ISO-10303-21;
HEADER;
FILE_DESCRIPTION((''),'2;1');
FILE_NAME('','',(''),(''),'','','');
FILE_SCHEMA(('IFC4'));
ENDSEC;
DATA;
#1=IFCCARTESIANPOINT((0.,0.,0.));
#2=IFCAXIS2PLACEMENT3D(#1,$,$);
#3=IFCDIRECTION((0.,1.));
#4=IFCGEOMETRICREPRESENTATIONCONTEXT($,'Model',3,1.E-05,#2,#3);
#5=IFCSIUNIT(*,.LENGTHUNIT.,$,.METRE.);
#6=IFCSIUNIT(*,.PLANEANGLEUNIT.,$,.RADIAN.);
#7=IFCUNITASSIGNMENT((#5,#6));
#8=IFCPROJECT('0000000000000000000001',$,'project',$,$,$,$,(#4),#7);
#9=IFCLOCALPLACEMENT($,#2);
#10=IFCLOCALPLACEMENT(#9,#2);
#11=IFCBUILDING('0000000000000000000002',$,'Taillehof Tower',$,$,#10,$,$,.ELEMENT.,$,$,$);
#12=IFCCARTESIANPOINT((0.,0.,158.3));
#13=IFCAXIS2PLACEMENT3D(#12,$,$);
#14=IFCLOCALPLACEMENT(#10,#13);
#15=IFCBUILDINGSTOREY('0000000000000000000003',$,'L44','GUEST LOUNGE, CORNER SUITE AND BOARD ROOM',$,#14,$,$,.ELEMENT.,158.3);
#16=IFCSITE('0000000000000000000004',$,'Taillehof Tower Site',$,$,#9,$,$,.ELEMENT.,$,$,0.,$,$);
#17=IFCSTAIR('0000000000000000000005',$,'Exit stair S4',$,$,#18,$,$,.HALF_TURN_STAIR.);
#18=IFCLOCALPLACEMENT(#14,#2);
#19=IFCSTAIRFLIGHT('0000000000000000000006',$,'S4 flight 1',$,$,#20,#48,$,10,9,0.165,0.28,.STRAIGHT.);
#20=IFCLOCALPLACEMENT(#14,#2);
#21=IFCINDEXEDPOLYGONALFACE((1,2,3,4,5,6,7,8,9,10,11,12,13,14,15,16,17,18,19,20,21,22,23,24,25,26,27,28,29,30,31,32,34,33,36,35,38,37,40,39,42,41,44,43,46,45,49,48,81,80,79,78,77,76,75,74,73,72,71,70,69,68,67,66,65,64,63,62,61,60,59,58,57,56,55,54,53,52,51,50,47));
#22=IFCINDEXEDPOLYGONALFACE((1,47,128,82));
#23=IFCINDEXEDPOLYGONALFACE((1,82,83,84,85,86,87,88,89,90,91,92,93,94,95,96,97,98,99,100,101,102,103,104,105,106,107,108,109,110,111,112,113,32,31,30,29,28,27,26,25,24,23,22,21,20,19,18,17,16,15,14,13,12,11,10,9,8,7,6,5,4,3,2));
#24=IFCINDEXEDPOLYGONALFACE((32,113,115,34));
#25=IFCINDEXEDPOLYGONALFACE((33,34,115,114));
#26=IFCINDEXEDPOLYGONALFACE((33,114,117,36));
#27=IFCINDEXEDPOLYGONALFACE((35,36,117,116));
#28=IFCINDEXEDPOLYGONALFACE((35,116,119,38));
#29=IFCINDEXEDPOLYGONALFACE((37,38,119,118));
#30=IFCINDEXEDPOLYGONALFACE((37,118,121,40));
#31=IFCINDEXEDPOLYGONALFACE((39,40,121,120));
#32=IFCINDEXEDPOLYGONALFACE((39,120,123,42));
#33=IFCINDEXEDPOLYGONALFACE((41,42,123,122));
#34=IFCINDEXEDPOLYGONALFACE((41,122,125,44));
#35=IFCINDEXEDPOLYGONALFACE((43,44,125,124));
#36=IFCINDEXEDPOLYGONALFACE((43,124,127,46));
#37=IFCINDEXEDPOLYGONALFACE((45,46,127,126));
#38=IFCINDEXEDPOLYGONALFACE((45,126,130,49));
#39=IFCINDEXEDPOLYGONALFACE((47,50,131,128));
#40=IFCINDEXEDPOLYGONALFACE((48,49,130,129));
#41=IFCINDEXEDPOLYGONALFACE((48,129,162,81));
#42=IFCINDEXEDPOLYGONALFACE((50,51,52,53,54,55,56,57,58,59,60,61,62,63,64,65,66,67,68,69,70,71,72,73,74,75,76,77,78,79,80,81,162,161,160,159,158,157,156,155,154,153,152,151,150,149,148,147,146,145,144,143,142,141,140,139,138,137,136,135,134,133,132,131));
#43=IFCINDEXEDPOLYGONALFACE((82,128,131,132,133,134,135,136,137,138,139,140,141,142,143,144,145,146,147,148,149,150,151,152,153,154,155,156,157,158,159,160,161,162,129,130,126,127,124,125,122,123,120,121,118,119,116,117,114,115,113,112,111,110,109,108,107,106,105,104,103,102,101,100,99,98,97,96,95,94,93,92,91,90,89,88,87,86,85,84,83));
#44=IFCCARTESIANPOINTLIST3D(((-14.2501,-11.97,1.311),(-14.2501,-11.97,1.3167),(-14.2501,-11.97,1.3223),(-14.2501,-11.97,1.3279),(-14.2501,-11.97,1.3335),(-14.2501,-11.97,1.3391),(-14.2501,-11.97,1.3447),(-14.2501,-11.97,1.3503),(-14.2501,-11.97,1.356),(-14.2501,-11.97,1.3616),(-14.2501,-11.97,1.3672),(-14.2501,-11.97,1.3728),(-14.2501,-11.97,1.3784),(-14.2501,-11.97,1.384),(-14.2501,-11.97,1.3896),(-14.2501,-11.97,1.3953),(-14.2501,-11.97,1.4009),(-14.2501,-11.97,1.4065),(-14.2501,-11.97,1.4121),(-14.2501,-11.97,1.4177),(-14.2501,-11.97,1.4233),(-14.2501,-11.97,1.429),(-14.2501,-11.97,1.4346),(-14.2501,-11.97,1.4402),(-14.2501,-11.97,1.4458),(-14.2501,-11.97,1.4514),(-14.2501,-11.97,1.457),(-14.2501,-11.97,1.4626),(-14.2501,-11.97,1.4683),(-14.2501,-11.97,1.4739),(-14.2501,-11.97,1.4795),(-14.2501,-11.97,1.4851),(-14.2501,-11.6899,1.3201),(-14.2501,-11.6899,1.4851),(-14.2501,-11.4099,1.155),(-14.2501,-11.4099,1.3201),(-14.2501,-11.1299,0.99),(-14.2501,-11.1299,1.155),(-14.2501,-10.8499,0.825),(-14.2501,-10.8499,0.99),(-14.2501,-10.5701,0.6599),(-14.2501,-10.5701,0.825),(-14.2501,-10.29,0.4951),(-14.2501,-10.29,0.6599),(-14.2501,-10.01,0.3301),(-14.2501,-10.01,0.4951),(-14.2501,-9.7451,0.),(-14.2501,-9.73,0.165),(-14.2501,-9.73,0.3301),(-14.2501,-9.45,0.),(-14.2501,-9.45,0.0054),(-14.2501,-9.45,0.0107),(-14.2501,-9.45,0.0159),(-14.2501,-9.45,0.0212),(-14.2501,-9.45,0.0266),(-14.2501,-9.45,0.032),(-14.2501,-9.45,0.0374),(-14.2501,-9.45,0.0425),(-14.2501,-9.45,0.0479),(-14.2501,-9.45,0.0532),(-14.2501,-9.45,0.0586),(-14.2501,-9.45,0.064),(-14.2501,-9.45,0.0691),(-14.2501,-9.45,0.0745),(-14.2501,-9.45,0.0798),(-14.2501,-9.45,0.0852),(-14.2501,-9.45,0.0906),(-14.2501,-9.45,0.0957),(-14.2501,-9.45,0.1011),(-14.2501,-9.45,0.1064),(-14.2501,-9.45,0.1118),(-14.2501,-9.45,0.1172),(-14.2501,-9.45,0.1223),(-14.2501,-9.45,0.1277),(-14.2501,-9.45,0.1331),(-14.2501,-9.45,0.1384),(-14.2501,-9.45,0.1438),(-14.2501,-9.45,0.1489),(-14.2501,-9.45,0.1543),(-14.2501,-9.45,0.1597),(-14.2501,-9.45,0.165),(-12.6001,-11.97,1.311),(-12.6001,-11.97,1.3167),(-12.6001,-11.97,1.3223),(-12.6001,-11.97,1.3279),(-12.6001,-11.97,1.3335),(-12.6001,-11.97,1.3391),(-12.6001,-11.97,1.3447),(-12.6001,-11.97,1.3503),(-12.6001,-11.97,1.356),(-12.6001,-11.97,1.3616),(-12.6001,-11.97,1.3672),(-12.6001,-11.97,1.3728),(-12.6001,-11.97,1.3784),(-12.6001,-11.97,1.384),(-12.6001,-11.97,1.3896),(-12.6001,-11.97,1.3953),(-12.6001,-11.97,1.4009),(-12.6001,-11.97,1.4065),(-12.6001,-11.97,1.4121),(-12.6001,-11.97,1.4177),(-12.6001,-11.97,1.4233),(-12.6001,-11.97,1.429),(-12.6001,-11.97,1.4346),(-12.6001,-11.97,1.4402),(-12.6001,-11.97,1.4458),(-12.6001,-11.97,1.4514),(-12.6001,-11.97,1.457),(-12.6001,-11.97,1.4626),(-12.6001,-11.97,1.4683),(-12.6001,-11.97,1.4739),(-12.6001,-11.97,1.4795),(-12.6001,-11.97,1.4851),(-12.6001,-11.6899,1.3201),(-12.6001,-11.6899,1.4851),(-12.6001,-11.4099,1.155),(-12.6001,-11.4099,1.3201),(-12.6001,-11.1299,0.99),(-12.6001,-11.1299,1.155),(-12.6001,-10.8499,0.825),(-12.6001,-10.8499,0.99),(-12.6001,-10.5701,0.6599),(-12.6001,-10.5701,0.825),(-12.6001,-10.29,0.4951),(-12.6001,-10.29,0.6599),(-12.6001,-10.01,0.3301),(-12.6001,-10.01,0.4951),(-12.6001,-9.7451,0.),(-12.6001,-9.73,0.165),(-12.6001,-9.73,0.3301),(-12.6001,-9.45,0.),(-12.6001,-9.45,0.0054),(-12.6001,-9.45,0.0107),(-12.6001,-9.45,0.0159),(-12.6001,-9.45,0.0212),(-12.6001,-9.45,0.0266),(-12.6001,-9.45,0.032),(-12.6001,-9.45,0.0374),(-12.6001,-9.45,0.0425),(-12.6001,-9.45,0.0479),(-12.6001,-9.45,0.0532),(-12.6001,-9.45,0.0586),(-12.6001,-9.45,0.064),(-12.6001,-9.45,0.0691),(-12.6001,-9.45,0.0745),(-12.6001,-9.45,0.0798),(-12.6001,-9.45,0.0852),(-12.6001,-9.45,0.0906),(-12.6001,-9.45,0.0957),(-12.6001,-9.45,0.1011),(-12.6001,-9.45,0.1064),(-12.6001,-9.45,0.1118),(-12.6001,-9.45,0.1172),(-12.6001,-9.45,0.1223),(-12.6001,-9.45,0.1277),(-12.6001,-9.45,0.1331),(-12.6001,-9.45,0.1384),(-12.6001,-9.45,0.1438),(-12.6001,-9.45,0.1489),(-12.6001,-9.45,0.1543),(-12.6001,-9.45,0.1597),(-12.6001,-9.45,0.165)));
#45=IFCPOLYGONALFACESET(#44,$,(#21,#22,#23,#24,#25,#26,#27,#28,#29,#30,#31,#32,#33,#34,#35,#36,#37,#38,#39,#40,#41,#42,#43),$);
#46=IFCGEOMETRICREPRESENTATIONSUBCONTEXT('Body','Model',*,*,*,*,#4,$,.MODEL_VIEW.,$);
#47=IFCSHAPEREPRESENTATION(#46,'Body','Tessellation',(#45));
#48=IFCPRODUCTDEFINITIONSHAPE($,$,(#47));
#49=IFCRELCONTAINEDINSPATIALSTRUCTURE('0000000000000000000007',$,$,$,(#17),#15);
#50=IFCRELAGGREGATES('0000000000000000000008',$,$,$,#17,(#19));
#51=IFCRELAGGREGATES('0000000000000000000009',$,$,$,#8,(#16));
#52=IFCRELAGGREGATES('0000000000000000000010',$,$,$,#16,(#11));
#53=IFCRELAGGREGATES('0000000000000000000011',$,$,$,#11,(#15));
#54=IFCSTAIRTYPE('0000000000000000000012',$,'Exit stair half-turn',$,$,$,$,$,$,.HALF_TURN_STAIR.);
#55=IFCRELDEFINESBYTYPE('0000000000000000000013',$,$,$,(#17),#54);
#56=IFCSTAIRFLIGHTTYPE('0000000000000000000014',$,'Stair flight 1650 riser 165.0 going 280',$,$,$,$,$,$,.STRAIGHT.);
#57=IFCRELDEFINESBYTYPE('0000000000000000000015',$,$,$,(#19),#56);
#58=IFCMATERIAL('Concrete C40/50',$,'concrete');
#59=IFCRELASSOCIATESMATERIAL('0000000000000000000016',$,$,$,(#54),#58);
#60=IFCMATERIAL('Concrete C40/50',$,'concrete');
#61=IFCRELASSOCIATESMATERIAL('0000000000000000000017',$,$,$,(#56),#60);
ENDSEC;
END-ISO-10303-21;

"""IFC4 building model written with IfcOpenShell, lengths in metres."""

from ifc_helpers import new_model, si_unit, direction, frame, origin, place, context, subcontext, project, spatial, polyline, outline, extrude, material, type_object, element, aggregate, save


model = new_model("IFC4")

# Units and contexts
model_context = context("Model", 3, precision=1e-05, world=origin(), true_north=direction((0.0, 1.0)))
body_context = subcontext(model_context, "Body", "Model", "MODEL_VIEW")
ifc_project = project(units=[si_unit("LENGTHUNIT", "METRE"), si_unit("PLANEANGLEUNIT", "RADIAN")], contexts=[model_context])

# Site, building, storey
site_placement = place(None, origin())
site = spatial("IfcSite", under=ifc_project, at=site_placement, Name="Taillehof Tower Site", CompositionType="ELEMENT", RefElevation=0.0)
building_placement = place(site_placement, origin())
building = spatial("IfcBuilding", under=site, at=building_placement, Name="Taillehof Tower", CompositionType="ELEMENT")
storey_placement = place(building_placement, frame((0.0, 0.0, 158.3)))
storey = spatial("IfcBuildingStorey", under=building, at=storey_placement, Name="L44", Description="GUEST LOUNGE, CORNER SUITE AND BOARD ROOM", CompositionType="ELEMENT", Elevation=158.3)

# Stair, stair flight
ifc_material_1 = material(Name="Concrete C40/50", Category="concrete")
stair_type = type_object("IfcStairType", Name="Exit stair half-turn", PredefinedType="HALF_TURN_STAIR", material=ifc_material_1)
stair_placement = place(storey_placement, origin())
stair = element("IfcStair", 1, at=stair_placement, inside=storey, type_object=stair_type, Name="Exit stair S4", PredefinedType="HALF_TURN_STAIR")
ifc_material_2 = material(Name="Concrete C40/50", Category="concrete")
stair_flight_type = type_object("IfcStairFlightType", Name="Stair flight 1650 riser 165.0 going 280", PredefinedType="STRAIGHT", material=ifc_material_2)
stair_flight_placement = place(storey_placement, frame((-13.425, -9.45, 0.0), z_axis=(0.0, 0.0, 1.0), x_axis=(0.0, -1.0, 0.0)))
stair_flight = element("IfcStairFlight", 2, at=stair_flight_placement, type_object=stair_flight_type, Name="S4 flight 1", NumberOfRisers=10, NumberOfTreads=9, PredefinedType="STRAIGHT", RiserHeight=0.165, TreadLength=0.28, context=body_context, shape_type="SweptSolid", body=[
    extrude(outline(polyline([(0.0, 0.0), (0.0, 0.0054), (0.0, 0.0107), (0.0, 0.0159), (0.0, 0.0212), (0.0, 0.0266), (0.0, 0.032), (0.0, 0.0374), (0.0, 0.0425), (0.0, 0.0479), (0.0, 0.0532), (0.0, 0.0586), (0.0, 0.064), (0.0, 0.0691), (0.0, 0.0745), (0.0, 0.0798), (0.0, 0.0852), (0.0, 0.0906), (0.0, 0.0957), (0.0, 0.1011), (0.0, 0.1064), (0.0, 0.1118), (0.0, 0.1172), (0.0, 0.1223), (0.0, 0.1277), (0.0, 0.1331), (0.0, 0.1384), (0.0, 0.1438), (0.0, 0.1489), (0.0, 0.1543), (0.0, 0.1597), (0.0, 0.165), (0.28, 0.165), (0.28, 0.3301), (0.5601, 0.3301), (0.5601, 0.4951), (0.8401, 0.4951), (0.8401, 0.6599), (1.1201, 0.6599), (1.1201, 0.825), (1.3999, 0.825), (1.3999, 0.99), (1.6799, 0.99), (1.6799, 1.155), (1.96, 1.155), (1.96, 1.3201), (2.24, 1.3201), (2.24, 1.4851), (2.52, 1.4851), (2.52, 1.4795), (2.52, 1.4739), (2.52, 1.4683), (2.52, 1.4626), (2.52, 1.457), (2.52, 1.4514), (2.52, 1.4458), (2.52, 1.4402), (2.52, 1.4346), (2.52, 1.429), (2.52, 1.4233), (2.52, 1.4177), (2.52, 1.4121), (2.52, 1.4065), (2.52, 1.4009), (2.52, 1.3953), (2.52, 1.3896), (2.52, 1.384), (2.52, 1.3784), (2.52, 1.3728), (2.52, 1.3672), (2.52, 1.3616), (2.52, 1.356), (2.52, 1.3503), (2.52, 1.3447), (2.52, 1.3391), (2.52, 1.3335), (2.52, 1.3279), (2.52, 1.3223), (2.52, 1.3167), (2.52, 1.311), (0.2952, 0.0), (0.0, 0.0)])), frame((0.0, 0.825, 0.0), z_axis=(0.0, -1.0, 0.0), x_axis=(1.0, 0.0, 0.0)), (0.0, 0.0, 1.0), 1.65),
])
aggregate(stair, [stair_flight])

save(model, "model.ifc")
